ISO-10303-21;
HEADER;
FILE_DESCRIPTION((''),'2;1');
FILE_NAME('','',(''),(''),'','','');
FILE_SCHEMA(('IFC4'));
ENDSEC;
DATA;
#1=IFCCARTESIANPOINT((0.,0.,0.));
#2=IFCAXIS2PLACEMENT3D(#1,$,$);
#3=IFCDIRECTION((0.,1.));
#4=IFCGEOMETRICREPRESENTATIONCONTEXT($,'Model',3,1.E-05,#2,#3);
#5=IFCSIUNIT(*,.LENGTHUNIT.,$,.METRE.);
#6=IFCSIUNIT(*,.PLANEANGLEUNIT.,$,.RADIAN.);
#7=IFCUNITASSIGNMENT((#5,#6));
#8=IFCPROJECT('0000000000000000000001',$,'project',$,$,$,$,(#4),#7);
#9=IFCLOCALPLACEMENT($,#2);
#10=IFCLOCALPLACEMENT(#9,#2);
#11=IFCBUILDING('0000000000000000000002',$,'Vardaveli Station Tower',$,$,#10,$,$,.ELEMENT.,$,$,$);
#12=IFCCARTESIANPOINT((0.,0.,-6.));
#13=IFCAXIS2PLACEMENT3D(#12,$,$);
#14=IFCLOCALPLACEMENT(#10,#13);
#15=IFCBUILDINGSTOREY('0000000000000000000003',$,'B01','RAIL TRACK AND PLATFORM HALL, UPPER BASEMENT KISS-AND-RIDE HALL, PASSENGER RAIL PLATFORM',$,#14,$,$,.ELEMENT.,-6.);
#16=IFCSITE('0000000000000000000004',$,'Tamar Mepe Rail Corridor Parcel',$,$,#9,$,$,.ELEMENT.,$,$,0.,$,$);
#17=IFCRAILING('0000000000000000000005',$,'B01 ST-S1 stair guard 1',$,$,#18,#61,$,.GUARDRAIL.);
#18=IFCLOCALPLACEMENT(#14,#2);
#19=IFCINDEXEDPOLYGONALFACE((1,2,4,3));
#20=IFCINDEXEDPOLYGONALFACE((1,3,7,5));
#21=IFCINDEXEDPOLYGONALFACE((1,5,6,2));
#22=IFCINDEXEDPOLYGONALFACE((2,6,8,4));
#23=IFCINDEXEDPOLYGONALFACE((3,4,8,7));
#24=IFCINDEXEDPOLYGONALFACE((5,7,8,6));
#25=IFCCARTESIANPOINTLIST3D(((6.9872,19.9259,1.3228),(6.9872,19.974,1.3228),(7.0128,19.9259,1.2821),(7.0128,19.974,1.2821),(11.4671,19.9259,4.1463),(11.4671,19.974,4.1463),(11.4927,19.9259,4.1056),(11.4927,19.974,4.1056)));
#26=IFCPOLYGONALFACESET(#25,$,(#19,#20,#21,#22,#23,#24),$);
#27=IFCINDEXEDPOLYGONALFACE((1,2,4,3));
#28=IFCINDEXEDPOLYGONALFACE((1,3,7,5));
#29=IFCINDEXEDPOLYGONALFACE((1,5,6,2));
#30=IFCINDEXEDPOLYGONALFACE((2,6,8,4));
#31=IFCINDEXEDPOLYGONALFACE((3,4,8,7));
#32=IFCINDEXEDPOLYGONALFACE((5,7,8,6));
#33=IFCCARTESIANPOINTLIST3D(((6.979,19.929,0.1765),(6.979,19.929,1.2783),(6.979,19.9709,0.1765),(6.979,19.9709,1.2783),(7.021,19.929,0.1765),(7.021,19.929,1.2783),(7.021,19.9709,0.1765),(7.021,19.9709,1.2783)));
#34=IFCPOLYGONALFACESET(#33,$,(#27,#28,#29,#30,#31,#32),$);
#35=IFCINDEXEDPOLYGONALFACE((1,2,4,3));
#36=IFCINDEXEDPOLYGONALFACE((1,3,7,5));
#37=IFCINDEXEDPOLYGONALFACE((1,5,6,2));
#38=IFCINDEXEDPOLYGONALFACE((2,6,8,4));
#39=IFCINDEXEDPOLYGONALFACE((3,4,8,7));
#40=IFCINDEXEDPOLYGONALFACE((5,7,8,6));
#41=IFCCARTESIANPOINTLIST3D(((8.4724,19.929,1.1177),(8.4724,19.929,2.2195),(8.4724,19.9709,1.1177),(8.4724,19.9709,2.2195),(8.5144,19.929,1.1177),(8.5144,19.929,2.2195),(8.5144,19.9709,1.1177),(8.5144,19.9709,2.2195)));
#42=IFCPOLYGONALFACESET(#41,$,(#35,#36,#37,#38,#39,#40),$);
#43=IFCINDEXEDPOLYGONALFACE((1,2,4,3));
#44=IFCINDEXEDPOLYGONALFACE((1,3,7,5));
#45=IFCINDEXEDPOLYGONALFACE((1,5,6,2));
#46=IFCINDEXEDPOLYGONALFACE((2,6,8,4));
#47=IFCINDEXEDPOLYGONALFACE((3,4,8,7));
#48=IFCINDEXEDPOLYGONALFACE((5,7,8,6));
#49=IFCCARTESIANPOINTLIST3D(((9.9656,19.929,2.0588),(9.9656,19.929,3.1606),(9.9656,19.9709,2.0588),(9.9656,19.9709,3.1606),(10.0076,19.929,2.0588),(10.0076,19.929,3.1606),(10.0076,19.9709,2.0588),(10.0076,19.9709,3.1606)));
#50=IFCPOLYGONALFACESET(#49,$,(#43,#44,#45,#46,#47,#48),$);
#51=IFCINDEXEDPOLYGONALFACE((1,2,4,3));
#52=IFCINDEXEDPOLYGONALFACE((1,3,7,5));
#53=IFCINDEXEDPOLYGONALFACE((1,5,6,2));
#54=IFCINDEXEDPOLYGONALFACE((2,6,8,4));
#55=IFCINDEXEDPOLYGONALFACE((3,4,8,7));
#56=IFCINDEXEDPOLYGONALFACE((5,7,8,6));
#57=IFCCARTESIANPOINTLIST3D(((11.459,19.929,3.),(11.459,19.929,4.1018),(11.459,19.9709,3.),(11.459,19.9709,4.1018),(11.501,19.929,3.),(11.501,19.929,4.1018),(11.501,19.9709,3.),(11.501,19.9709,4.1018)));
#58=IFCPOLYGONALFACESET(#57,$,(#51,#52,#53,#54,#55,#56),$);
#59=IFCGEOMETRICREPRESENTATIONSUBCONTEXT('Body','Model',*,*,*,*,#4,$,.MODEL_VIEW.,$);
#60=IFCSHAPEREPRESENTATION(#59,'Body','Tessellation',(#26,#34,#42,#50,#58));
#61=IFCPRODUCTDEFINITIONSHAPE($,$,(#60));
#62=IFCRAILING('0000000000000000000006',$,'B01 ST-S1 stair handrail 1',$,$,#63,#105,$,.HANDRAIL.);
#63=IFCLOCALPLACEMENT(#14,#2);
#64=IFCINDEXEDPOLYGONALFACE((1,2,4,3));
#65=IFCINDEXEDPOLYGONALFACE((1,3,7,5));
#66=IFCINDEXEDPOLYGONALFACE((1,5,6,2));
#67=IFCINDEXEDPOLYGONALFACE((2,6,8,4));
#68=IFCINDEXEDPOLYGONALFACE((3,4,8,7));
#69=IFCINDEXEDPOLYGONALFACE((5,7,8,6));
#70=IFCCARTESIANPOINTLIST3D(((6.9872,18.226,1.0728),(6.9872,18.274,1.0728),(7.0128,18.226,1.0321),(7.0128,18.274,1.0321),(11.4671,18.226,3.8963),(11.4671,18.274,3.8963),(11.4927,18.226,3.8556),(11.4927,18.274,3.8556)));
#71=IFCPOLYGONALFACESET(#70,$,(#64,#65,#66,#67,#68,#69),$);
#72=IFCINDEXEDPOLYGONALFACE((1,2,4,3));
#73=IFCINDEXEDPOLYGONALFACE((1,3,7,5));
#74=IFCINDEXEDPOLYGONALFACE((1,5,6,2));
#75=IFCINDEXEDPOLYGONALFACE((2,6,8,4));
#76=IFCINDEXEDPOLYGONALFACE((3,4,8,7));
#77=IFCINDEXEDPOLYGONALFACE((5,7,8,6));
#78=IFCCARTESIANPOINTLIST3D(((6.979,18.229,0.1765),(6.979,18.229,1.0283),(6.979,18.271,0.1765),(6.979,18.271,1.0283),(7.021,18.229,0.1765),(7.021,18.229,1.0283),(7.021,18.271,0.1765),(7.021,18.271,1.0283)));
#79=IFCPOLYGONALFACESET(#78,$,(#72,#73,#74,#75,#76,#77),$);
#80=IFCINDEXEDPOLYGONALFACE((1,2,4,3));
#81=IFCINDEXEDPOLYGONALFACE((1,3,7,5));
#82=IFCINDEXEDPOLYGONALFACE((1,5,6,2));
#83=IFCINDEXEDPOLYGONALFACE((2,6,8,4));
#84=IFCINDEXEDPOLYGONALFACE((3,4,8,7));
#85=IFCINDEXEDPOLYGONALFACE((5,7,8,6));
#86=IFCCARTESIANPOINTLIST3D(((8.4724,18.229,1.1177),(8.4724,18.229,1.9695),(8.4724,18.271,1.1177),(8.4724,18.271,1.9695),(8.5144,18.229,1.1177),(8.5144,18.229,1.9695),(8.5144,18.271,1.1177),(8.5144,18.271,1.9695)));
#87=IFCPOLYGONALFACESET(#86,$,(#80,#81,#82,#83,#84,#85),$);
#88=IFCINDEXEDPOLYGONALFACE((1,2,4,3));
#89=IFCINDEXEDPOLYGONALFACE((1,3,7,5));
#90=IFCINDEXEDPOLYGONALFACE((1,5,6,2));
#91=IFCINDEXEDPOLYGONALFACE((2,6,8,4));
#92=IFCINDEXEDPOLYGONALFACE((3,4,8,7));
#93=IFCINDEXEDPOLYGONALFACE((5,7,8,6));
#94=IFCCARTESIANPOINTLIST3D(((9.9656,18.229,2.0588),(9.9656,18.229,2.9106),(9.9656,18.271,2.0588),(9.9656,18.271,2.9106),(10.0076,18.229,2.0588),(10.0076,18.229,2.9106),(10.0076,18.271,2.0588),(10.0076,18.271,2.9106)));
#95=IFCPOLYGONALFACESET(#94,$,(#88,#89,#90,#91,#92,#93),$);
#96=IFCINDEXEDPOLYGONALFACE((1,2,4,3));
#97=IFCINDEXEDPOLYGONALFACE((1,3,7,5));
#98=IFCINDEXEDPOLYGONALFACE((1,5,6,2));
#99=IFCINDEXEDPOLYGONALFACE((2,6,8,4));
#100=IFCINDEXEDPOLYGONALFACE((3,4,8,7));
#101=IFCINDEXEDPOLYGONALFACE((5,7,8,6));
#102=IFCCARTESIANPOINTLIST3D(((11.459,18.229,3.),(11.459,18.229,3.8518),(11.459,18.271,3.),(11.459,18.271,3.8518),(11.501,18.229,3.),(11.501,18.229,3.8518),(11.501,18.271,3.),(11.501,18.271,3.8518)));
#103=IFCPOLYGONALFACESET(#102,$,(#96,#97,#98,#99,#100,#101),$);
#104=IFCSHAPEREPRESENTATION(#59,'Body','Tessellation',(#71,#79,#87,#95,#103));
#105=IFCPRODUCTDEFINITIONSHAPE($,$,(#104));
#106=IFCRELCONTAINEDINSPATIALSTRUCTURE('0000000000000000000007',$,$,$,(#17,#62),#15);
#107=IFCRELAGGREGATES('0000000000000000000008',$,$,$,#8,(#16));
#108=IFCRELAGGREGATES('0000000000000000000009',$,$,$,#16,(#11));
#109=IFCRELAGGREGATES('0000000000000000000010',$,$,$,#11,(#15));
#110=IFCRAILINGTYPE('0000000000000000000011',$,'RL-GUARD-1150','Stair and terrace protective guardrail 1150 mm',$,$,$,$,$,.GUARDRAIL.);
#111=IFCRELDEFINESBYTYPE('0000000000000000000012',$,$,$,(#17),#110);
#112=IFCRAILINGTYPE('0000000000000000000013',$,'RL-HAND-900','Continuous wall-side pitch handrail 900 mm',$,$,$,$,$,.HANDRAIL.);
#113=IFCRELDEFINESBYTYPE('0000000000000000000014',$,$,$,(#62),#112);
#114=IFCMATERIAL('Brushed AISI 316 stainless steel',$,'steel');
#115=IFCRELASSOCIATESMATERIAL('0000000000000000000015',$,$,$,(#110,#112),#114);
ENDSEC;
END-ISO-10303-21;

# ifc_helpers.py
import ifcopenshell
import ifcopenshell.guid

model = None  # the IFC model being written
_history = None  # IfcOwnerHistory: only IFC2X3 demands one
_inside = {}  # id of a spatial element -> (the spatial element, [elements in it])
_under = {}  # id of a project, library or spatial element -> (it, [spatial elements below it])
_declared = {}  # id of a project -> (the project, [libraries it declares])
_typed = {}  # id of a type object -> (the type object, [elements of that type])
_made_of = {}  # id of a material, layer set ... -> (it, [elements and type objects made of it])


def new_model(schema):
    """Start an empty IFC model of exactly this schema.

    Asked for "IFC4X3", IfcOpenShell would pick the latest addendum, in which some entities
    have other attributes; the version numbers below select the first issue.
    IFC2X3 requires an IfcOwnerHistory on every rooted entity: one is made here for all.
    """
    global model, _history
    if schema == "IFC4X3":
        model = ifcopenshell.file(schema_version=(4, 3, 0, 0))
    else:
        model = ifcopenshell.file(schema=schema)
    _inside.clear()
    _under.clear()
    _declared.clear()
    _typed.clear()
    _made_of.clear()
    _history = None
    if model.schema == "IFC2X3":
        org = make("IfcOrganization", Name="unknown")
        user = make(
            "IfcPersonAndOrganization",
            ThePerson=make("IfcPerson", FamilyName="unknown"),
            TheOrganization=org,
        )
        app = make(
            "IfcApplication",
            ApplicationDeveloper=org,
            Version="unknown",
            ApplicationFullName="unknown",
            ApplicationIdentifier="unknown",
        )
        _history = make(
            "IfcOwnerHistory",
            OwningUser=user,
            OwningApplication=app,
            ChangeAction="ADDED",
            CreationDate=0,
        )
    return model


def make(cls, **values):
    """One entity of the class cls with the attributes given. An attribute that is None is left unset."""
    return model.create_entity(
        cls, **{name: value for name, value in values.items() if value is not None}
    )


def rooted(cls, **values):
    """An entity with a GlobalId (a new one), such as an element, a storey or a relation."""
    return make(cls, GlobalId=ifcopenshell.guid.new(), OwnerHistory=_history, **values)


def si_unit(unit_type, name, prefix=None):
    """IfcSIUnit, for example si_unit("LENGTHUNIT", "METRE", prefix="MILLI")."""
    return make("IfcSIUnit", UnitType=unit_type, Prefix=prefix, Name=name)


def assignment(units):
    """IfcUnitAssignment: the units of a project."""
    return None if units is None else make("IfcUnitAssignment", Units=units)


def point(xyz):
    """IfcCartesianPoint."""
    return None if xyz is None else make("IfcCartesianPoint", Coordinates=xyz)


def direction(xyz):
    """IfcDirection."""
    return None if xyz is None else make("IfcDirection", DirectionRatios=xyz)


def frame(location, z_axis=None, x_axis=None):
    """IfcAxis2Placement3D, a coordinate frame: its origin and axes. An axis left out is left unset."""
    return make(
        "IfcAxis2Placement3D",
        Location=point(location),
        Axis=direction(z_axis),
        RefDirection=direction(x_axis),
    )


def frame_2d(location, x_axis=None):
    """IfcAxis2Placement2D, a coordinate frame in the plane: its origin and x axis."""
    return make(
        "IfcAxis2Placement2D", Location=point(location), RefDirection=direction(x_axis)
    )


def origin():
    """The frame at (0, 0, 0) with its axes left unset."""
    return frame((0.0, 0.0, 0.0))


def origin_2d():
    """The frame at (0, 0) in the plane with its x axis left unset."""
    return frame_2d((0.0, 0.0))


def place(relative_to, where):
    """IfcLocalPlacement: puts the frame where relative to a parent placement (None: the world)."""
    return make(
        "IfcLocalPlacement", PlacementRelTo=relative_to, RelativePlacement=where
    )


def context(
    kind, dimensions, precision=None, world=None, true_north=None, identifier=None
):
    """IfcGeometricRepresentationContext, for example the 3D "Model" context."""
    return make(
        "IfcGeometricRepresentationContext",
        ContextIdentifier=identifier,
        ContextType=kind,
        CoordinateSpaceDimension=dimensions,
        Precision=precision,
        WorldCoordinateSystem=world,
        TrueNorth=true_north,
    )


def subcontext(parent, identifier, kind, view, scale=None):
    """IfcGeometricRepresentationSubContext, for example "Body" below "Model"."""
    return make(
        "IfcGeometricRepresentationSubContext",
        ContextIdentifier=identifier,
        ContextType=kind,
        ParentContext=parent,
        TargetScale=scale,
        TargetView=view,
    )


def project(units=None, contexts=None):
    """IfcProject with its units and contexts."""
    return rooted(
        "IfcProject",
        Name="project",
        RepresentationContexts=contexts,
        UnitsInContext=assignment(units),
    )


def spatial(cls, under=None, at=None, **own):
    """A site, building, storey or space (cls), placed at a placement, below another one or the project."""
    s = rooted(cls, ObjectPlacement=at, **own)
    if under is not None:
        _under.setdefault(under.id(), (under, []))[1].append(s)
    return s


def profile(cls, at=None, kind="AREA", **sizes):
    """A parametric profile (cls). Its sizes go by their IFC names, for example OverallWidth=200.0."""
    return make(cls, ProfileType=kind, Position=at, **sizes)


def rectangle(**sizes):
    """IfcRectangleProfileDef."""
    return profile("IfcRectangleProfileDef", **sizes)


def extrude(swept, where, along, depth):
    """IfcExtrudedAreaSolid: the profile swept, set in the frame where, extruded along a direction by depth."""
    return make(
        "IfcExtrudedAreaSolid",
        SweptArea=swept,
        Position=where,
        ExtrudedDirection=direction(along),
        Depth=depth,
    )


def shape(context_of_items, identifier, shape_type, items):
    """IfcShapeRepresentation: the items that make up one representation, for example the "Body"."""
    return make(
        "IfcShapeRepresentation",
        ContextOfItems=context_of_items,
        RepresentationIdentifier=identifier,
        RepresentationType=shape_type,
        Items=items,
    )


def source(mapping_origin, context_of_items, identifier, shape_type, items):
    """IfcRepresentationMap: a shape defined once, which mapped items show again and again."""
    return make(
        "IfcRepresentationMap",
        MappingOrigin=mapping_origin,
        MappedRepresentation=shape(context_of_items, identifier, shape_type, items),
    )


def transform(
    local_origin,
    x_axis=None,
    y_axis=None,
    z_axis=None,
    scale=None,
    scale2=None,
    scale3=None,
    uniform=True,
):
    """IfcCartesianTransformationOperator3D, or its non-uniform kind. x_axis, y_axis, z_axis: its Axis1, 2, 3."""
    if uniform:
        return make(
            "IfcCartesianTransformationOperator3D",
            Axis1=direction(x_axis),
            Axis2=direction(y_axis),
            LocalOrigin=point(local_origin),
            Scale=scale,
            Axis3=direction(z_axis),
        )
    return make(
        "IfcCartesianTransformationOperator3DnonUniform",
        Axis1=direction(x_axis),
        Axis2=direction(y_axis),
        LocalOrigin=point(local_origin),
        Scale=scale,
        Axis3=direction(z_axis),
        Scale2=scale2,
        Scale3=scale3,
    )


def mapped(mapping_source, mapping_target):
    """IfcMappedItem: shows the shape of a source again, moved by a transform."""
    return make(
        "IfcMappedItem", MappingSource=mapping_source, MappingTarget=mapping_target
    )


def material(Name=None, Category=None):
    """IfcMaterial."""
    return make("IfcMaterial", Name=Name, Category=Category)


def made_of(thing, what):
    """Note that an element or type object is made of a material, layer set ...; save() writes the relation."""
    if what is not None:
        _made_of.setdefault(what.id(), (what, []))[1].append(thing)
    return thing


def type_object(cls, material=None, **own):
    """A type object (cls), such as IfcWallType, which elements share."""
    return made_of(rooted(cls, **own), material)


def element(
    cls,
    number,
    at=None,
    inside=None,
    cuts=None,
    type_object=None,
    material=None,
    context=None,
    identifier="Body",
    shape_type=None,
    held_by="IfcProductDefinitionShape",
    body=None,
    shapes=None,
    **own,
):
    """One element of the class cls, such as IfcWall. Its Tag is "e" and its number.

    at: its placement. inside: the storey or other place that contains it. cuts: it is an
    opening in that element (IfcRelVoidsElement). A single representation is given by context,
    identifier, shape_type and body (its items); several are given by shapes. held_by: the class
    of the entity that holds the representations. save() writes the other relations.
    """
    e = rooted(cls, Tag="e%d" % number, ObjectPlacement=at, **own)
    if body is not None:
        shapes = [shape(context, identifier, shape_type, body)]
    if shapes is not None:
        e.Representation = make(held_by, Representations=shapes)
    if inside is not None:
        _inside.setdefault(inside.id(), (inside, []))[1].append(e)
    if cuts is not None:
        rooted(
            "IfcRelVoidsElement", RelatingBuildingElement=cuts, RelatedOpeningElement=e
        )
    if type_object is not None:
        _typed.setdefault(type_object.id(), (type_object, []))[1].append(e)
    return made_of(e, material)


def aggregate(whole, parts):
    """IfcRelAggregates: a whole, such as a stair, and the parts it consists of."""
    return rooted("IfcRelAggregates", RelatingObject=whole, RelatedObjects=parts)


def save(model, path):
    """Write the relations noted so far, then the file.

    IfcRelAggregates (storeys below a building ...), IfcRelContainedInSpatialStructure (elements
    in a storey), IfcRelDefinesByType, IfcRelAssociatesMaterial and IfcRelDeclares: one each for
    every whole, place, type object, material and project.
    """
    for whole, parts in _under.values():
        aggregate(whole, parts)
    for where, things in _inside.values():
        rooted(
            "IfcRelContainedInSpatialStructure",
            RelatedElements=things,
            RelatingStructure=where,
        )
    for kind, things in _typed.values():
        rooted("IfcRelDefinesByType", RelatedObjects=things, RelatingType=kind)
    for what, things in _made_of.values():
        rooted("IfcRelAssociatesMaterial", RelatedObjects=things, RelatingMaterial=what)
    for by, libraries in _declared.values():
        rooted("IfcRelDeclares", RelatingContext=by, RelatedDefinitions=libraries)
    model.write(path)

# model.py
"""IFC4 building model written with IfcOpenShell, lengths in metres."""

from ifc_helpers import new_model, si_unit, direction, frame, origin, origin_2d, place, context, subcontext, project, spatial, rectangle, extrude, source, transform, mapped, material, type_object, element, save


model = new_model("IFC4")

# Units and contexts
model_context = context("Model", 3, precision=1e-05, world=origin(), true_north=direction((0.0, 1.0)))
body_context = subcontext(model_context, "Body", "Model", "MODEL_VIEW")
ifc_project = project(units=[si_unit("LENGTHUNIT", "METRE"), si_unit("PLANEANGLEUNIT", "RADIAN")], contexts=[model_context])

# Site, building, storey
site_placement = place(None, origin())
site = spatial("IfcSite", under=ifc_project, at=site_placement, Name="Tamar Mepe Rail Corridor Parcel", CompositionType="ELEMENT", RefElevation=0.0)
building_placement = place(site_placement, origin())
building = spatial("IfcBuilding", under=site, at=building_placement, Name="Vardaveli Station Tower", CompositionType="ELEMENT")
storey_placement = place(building_placement, frame((0.0, 0.0, -6.0)))
storey = spatial("IfcBuildingStorey", under=building, at=storey_placement, Name="B01", Description="RAIL TRACK AND PLATFORM HALL, UPPER BASEMENT KISS-AND-RIDE HALL, PASSENGER RAIL PLATFORM", CompositionType="ELEMENT", Elevation=-6.0)

# Railings
ifc_material_1 = material(Name="Brushed AISI 316 stainless steel", Category="steel")
railing_type_1 = type_object("IfcRailingType", Name="RL-GUARD-1150", Description="Stair and terrace protective guardrail 1150 mm", PredefinedType="GUARDRAIL", material=ifc_material_1)
shared_shape_1 = source(origin(), body_context, "Body", "SweptSolid", [
    extrude(rectangle(XDim=0.0481, YDim=0.0481, at=origin_2d()), frame((0.0, 0.0, 1.126), z_axis=(0.845998, 0.0, 0.533186), x_axis=(0.0, 1.0, 0.0)), (0.0, 0.0, 1.0), 5.2954),
    extrude(rectangle(XDim=0.042, YDim=0.042, at=origin_2d()), origin(), (0.0, 0.0, 1.0), 1.1018),
    extrude(rectangle(XDim=0.042, YDim=0.042, at=origin_2d()), frame((1.4934, 0.0, 0.9412)), (0.0, 0.0, 1.0), 1.1018),
    extrude(rectangle(XDim=0.042, YDim=0.042, at=origin_2d()), frame((2.9866, 0.0, 1.8823)), (0.0, 0.0, 1.0), 1.1018),
    extrude(rectangle(XDim=0.042, YDim=0.042, at=origin_2d()), frame((4.48, 0.0, 2.8235)), (0.0, 0.0, 1.0), 1.1018),
])
railing_1_placement = place(storey_placement, frame((7.0, 19.95, 0.1765)))
element("IfcRailing", 1, at=railing_1_placement, inside=storey, type_object=railing_type_1, Name="B01 ST-S1 stair guard 1", PredefinedType="GUARDRAIL", context=body_context, shape_type="MappedRepresentation", body=[
    mapped(shared_shape_1, transform((0.0, 0.0, 0.0), scale=1.0)),
])
railing_type_2 = type_object("IfcRailingType", Name="RL-HAND-900", Description="Continuous wall-side pitch handrail 900 mm", PredefinedType="HANDRAIL", material=ifc_material_1)
shared_shape_2 = source(origin(), body_context, "Body", "SweptSolid", [
    extrude(rectangle(XDim=0.0481, YDim=0.0481, at=origin_2d()), frame((0.0, 0.0, 0.876), z_axis=(0.845998, 0.0, 0.533186), x_axis=(0.0, 1.0, 0.0)), (0.0, 0.0, 1.0), 5.2954),
    extrude(rectangle(XDim=0.042, YDim=0.042, at=origin_2d()), origin(), (0.0, 0.0, 1.0), 0.8518),
    extrude(rectangle(XDim=0.042, YDim=0.042, at=origin_2d()), frame((1.4934, 0.0, 0.9412)), (0.0, 0.0, 1.0), 0.8518),
    extrude(rectangle(XDim=0.042, YDim=0.042, at=origin_2d()), frame((2.9866, 0.0, 1.8823)), (0.0, 0.0, 1.0), 0.8518),
    extrude(rectangle(XDim=0.042, YDim=0.042, at=origin_2d()), frame((4.48, 0.0, 2.8235)), (0.0, 0.0, 1.0), 0.8518),
])
railing_2_placement = place(storey_placement, frame((7.0, 18.25, 0.1765)))
element("IfcRailing", 2, at=railing_2_placement, inside=storey, type_object=railing_type_2, Name="B01 ST-S1 stair handrail 1", PredefinedType="HANDRAIL", context=body_context, shape_type="MappedRepresentation", body=[
    mapped(shared_shape_2, transform((0.0, 0.0, 0.0), scale=1.0)),
])

save(model, "model.ifc")
